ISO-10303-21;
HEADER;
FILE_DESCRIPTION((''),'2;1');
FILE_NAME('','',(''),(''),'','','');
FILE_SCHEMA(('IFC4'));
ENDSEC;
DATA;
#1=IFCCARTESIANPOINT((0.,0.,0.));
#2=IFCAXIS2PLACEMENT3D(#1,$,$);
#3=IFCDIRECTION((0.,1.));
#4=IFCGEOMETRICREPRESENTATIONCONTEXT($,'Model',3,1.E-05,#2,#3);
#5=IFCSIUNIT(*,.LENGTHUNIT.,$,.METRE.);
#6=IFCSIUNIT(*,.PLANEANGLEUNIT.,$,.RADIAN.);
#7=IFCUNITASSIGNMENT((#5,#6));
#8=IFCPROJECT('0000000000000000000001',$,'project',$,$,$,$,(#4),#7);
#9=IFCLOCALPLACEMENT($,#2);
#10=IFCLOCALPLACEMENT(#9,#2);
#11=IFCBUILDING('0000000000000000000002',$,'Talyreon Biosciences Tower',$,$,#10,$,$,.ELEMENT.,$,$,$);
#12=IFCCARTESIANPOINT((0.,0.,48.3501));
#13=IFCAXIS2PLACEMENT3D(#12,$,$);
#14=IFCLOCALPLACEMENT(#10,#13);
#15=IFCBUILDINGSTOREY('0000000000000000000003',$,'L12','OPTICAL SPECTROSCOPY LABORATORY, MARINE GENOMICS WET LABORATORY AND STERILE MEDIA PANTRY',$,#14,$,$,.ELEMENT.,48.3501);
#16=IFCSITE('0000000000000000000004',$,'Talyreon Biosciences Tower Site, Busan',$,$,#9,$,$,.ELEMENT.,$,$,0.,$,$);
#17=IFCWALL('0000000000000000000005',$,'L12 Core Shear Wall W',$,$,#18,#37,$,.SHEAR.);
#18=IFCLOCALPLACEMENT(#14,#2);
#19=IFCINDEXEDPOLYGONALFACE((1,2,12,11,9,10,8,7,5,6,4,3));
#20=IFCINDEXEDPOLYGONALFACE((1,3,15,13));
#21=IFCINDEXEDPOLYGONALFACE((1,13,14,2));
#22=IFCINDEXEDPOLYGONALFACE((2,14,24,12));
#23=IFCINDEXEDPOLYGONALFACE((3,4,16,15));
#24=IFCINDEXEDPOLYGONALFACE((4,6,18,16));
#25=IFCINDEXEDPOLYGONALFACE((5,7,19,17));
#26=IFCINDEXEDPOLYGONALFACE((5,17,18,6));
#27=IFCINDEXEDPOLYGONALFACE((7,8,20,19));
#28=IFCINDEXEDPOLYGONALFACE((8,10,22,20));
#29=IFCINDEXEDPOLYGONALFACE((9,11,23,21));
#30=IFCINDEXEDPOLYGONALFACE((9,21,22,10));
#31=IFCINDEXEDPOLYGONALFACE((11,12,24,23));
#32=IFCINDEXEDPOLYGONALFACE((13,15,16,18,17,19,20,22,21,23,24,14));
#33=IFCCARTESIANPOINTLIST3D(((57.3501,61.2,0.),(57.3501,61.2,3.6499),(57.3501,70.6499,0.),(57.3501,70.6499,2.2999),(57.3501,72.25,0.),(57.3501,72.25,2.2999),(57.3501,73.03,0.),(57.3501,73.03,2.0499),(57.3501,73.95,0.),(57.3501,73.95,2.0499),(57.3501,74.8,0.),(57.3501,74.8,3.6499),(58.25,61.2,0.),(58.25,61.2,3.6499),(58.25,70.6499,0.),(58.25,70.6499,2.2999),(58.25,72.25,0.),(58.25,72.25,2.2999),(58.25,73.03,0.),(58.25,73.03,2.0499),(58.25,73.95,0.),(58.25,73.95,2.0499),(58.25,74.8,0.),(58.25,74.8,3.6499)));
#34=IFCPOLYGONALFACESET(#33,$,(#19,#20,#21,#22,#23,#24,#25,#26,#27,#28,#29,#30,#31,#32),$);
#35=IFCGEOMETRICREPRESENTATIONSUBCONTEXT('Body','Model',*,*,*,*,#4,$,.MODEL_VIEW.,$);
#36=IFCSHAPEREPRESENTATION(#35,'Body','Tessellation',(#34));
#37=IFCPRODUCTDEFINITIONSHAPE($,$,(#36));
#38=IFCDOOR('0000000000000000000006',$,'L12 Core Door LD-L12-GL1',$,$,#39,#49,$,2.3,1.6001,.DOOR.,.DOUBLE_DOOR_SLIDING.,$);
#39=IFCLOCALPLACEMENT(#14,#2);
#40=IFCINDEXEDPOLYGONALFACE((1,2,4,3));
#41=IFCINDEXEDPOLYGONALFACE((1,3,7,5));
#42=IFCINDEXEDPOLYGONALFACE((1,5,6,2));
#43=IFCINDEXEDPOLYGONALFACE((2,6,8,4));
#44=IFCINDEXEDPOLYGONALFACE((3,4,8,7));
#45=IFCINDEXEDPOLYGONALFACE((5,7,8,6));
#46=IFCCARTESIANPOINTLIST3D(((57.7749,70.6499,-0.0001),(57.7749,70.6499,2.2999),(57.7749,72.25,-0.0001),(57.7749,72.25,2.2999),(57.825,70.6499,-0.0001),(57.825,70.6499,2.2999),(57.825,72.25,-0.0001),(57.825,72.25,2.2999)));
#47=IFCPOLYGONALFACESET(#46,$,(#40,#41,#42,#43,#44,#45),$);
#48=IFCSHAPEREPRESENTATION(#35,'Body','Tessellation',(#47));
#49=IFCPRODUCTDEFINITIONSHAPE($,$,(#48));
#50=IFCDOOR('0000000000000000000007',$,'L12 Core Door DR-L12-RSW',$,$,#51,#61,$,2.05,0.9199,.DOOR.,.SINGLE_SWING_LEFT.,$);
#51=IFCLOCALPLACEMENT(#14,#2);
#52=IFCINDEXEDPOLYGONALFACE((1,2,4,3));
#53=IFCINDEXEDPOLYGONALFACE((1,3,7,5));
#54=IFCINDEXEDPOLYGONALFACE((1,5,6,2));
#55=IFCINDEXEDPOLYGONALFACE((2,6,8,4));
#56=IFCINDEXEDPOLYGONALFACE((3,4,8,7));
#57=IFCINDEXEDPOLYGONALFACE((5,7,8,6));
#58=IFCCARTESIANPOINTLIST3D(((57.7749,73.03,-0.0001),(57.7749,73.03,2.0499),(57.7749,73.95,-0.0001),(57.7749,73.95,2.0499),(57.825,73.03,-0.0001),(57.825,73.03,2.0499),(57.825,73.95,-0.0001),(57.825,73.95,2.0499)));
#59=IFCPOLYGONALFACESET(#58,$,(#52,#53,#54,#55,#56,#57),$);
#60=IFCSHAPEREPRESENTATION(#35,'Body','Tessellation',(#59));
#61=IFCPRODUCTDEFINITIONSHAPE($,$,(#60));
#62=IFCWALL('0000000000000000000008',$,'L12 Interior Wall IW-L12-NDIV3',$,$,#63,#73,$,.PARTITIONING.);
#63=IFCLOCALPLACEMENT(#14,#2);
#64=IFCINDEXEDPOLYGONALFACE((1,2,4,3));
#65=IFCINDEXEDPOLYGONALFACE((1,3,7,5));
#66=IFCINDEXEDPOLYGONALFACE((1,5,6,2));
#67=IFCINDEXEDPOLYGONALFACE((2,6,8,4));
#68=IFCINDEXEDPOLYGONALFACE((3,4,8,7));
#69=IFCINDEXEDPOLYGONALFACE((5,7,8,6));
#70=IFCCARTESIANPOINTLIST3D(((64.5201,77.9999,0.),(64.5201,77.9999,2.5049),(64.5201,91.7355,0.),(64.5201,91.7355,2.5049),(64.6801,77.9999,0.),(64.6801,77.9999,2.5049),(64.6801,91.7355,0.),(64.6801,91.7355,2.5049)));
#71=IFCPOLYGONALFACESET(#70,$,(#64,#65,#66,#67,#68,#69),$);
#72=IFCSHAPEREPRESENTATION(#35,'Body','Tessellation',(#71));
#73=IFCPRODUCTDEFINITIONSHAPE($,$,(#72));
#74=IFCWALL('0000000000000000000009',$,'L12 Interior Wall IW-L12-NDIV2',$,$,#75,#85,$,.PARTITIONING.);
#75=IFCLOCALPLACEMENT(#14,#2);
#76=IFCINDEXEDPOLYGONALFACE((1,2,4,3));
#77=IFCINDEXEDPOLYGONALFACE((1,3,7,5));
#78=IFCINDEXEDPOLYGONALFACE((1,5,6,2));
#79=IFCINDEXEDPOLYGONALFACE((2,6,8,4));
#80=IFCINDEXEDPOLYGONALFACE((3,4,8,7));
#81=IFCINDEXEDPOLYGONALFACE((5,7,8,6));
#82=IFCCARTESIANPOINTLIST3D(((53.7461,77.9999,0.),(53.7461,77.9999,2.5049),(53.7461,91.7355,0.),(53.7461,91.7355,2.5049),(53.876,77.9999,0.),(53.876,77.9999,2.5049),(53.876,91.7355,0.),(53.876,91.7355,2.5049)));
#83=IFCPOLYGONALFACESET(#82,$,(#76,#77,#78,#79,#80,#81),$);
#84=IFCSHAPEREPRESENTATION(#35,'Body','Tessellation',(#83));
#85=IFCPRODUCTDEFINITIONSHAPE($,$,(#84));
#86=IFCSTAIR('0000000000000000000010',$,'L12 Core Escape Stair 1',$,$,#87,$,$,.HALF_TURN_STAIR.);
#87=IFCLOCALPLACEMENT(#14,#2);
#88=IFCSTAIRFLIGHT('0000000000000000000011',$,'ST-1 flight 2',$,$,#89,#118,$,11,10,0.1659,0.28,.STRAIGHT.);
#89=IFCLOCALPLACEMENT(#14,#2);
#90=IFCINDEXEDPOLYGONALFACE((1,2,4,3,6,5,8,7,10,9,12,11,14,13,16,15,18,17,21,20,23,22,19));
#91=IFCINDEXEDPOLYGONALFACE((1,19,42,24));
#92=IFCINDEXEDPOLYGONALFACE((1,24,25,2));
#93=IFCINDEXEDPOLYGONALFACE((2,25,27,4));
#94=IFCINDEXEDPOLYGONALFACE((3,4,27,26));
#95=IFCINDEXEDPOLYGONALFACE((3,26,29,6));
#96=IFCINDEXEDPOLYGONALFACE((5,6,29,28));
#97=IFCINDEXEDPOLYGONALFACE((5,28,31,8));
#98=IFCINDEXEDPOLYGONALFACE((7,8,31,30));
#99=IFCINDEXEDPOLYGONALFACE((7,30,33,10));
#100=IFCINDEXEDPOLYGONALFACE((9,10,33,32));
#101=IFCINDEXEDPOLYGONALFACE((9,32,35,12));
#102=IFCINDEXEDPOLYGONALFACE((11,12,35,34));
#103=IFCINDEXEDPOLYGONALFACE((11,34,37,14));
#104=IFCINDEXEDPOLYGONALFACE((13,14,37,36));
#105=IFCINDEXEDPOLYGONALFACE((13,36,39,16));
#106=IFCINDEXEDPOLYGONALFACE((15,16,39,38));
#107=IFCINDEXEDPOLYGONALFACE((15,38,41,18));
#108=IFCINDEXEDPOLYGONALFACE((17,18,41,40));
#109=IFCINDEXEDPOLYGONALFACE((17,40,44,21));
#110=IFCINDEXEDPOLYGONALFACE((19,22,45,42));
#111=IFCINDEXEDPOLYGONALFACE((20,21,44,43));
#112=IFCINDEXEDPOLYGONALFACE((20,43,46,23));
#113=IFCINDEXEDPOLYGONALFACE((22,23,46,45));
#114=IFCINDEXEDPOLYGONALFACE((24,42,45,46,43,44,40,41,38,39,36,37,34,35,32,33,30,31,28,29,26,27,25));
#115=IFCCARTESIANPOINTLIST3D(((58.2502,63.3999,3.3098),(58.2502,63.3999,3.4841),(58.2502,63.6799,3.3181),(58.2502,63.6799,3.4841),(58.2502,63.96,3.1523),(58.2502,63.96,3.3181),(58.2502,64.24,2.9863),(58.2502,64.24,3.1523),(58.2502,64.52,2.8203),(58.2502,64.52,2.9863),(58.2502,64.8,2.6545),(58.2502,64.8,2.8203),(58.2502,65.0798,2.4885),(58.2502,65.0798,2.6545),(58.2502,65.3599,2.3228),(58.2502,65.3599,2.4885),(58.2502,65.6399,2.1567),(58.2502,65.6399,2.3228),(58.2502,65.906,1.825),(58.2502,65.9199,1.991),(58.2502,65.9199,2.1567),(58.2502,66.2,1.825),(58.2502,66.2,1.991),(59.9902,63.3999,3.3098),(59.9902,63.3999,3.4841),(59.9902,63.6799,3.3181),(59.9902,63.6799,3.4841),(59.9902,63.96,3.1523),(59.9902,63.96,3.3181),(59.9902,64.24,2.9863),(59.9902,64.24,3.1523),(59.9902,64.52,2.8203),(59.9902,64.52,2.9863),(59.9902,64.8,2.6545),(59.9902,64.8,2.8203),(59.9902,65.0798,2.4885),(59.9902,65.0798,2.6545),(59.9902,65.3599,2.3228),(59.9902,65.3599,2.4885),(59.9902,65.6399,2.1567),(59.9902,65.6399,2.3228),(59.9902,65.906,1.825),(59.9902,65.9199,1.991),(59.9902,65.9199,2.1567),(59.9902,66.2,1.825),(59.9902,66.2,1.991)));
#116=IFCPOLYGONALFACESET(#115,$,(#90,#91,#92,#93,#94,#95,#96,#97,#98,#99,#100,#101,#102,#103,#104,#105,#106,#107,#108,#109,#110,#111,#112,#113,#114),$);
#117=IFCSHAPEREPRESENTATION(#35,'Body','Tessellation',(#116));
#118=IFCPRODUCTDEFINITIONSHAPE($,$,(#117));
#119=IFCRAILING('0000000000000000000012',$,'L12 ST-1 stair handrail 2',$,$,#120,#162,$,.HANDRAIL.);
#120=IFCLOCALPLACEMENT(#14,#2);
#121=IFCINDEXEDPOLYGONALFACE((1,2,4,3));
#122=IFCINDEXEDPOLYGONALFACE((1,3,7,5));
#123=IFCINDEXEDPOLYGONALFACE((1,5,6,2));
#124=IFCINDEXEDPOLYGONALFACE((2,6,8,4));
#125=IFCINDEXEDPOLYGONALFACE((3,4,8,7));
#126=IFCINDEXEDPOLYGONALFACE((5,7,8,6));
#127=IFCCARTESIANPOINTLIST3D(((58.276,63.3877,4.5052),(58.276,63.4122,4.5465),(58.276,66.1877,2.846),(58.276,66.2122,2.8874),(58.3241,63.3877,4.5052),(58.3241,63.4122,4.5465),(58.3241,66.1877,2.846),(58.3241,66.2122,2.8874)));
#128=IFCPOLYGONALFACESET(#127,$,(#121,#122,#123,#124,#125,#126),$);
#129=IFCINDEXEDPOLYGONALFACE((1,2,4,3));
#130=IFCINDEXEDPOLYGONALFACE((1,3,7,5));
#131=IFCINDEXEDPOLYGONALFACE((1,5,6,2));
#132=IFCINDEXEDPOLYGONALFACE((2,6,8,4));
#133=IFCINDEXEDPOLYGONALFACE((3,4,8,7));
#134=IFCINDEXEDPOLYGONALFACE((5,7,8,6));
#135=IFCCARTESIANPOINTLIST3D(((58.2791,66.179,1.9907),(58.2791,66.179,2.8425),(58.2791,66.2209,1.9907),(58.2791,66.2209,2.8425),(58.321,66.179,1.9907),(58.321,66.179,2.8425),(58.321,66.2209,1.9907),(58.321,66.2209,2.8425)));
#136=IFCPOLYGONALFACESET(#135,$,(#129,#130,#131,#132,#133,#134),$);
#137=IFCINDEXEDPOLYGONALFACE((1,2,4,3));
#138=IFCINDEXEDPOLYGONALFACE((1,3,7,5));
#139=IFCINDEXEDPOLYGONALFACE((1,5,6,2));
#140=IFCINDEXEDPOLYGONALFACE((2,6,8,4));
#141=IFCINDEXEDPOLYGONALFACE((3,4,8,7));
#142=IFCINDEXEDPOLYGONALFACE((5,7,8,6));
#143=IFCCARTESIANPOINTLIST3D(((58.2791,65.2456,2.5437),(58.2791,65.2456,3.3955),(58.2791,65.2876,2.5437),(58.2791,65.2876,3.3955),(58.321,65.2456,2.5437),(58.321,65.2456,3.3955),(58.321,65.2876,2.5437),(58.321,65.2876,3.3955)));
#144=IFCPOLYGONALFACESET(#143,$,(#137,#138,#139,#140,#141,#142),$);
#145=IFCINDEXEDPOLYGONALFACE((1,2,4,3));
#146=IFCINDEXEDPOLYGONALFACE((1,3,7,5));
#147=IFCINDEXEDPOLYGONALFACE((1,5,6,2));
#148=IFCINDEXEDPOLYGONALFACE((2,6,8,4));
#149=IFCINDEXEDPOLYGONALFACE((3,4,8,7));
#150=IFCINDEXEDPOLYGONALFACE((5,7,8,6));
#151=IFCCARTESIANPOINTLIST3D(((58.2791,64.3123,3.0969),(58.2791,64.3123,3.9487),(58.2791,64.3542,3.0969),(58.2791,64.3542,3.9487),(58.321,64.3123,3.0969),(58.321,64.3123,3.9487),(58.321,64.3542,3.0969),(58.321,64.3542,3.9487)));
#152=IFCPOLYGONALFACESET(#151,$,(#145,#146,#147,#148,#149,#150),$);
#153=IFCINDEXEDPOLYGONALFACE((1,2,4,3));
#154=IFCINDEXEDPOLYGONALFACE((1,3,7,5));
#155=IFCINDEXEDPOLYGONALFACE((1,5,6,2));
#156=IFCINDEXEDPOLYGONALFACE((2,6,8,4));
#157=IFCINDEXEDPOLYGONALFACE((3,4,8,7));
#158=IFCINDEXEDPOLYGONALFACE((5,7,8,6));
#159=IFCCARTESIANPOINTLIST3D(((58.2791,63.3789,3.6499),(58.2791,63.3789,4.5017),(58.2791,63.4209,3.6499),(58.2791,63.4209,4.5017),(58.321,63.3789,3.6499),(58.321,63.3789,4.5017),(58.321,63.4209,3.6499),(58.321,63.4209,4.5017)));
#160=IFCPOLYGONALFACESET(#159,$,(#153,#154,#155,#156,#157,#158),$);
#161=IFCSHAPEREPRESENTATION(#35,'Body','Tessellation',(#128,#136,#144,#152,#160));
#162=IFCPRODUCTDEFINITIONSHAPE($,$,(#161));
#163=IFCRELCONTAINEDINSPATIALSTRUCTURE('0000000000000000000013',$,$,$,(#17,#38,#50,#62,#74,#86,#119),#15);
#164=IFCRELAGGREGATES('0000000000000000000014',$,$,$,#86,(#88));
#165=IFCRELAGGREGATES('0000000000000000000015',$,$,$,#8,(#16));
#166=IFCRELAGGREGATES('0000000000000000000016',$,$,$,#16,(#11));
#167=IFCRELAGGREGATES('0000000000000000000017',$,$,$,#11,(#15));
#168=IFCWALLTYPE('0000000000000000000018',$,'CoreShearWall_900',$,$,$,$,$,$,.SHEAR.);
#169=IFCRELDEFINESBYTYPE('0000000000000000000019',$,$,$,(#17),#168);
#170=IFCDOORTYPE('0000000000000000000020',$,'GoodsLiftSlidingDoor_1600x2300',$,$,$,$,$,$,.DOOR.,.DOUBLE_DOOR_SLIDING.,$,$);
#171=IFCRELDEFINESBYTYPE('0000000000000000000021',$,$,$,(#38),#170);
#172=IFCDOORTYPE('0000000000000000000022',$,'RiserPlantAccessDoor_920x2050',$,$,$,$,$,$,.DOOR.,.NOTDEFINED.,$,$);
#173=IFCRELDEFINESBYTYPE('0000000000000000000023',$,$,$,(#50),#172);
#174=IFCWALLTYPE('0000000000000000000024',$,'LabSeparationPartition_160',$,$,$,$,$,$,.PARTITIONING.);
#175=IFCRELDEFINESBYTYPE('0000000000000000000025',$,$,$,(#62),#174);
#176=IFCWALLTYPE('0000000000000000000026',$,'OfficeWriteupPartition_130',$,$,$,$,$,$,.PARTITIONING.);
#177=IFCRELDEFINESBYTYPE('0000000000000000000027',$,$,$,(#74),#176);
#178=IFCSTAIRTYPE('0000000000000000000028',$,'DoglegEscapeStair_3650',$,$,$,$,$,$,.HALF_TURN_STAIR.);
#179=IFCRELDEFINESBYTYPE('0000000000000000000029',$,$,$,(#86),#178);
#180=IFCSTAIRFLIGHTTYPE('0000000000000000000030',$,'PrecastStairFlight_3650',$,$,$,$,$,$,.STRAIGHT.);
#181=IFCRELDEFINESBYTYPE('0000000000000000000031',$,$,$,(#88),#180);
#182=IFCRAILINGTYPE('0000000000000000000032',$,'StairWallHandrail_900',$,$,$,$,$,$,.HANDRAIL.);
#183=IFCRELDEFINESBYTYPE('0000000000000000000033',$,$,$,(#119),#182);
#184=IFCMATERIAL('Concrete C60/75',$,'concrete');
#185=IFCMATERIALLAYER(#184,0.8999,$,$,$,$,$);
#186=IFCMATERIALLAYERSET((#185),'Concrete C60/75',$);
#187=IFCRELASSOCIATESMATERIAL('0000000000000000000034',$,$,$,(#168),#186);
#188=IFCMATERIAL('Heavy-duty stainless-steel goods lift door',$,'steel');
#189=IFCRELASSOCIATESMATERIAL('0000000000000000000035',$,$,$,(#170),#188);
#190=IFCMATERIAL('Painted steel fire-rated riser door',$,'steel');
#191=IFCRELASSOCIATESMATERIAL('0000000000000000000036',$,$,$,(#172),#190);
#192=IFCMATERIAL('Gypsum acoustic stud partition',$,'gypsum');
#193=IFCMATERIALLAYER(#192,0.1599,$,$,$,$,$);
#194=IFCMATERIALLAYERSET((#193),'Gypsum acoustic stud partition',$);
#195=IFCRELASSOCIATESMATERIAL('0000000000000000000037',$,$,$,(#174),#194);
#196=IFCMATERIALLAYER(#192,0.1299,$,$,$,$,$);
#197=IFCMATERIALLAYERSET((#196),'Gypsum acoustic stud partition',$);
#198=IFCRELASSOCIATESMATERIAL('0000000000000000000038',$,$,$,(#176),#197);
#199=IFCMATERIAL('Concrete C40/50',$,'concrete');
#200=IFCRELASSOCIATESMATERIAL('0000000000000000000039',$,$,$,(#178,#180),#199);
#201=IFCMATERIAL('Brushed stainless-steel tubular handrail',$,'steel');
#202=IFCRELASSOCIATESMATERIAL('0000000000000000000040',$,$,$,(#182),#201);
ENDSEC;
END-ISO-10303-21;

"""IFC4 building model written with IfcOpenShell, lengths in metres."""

from ifc_helpers import new_model, si_unit, direction, frame, frame_2d, origin, origin_2d, place, context, subcontext, project, spatial, polyline, rectangle, outline, extrude, material, layer, layer_set, type_object, element, fill, aggregate, save


model = new_model("IFC4")

# Units and contexts
model_context = context("Model", 3, precision=1e-05, world=origin(), true_north=direction((0.0, 1.0)))
body_context = subcontext(model_context, "Body", "Model", "MODEL_VIEW")
ifc_project = project(units=[si_unit("LENGTHUNIT", "METRE"), si_unit("PLANEANGLEUNIT", "RADIAN")], contexts=[model_context])

# Site, building, storey
site_placement = place(None, origin())
site = spatial("IfcSite", under=ifc_project, at=site_placement, Name="Talyreon Biosciences Tower Site, Busan", CompositionType="ELEMENT", RefElevation=0.0)
building_placement = place(site_placement, origin())
building = spatial("IfcBuilding", under=site, at=building_placement, Name="Talyreon Biosciences Tower", CompositionType="ELEMENT")
storey_placement = place(building_placement, frame((0.0, 0.0, 48.3501)))
storey = spatial("IfcBuildingStorey", under=building, at=storey_placement, Name="L12", Description="OPTICAL SPECTROSCOPY LABORATORY, MARINE GENOMICS WET LABORATORY AND STERILE MEDIA PANTRY", CompositionType="ELEMENT", Elevation=48.3501)

# Shared definitions
ifc_material_1 = material(Name="Concrete C60/75", Category="concrete")

# Shared definitions
ifc_layer_1 = layer(ifc_material_1, 0.8999)
ifc_layer_set_1 = layer_set([ifc_layer_1], Name="Concrete C60/75")
wall_type_1 = type_object("IfcWallType", Name="CoreShearWall_900", PredefinedType="SHEAR", material=ifc_layer_set_1)

# Wall, openings, doors
wall_1_placement = place(storey_placement, frame((57.8, 74.8, 0.0), z_axis=(0.0, 0.0, 1.0), x_axis=(0.0, -1.0, 0.0)))
wall_1 = element("IfcWall", 1, at=wall_1_placement, inside=storey, type_object=wall_type_1, Name="L12 Core Shear Wall W", PredefinedType="SHEAR", context=body_context, shape_type="SweptSolid", body=[
    extrude(rectangle(XDim=13.6001, YDim=0.8999, at=frame_2d((6.8, 0.0))), origin(), (0.0, 0.0, 1.0), 3.6499),
])
opening_1_placement = place(wall_1_placement, frame((0.8501, 0.0, 0.0)))
opening_1 = element("IfcOpeningElement", 2, at=opening_1_placement, cuts=wall_1, PredefinedType="OPENING", context=body_context, shape_type="SweptSolid", body=[
    extrude(rectangle(XDim=0.9199, YDim=2.05, at=frame_2d((0.46, 1.0249))), frame((0.0, 0.46, 0.0), z_axis=(0.0, -1.0, 0.0), x_axis=(1.0, 0.0, 0.0)), (0.0, 0.0, 1.0), 0.9199),
])
opening_2_placement = place(wall_1_placement, frame((2.55, 0.0, 0.0)))
opening_2 = element("IfcOpeningElement", 3, at=opening_2_placement, cuts=wall_1, PredefinedType="OPENING", context=body_context, shape_type="SweptSolid", body=[
    extrude(rectangle(XDim=1.6001, YDim=2.3, at=frame_2d((0.8, 1.1499))), frame((0.0, 0.46, 0.0), z_axis=(0.0, -1.0, 0.0), x_axis=(1.0, 0.0, 0.0)), (0.0, 0.0, 1.0), 0.9199),
])
ifc_material_2 = material(Name="Heavy-duty stainless-steel goods lift door", Category="steel")
door_type_1 = type_object("IfcDoorType", Name="GoodsLiftSlidingDoor_1600x2300", OperationType="DOUBLE_DOOR_SLIDING", PredefinedType="DOOR", material=ifc_material_2)
door_1_placement = place(opening_2_placement, origin())
door_1 = element("IfcDoor", 4, at=door_1_placement, inside=storey, type_object=door_type_1, Name="L12 Core Door LD-L12-GL1", OperationType="DOUBLE_DOOR_SLIDING", OverallHeight=2.3, OverallWidth=1.6001, PredefinedType="DOOR", context=body_context, shape_type="SweptSolid", body=[
    extrude(rectangle(XDim=1.6001, YDim=2.3, at=frame_2d((0.8, 1.1499))), frame((0.0, 0.0249, 0.0), z_axis=(0.0, -1.0, 0.0), x_axis=(1.0, 0.0, 0.0)), (0.0, 0.0, 1.0), 0.05),
])
fill(opening_2, door_1)
ifc_material_3 = material(Name="Painted steel fire-rated riser door", Category="steel")
door_type_2 = type_object("IfcDoorType", Name="RiserPlantAccessDoor_920x2050", OperationType="NOTDEFINED", PredefinedType="DOOR", material=ifc_material_3)
door_2_placement = place(opening_1_placement, origin())
door_2 = element("IfcDoor", 5, at=door_2_placement, inside=storey, type_object=door_type_2, Name="L12 Core Door DR-L12-RSW", OperationType="SINGLE_SWING_LEFT", OverallHeight=2.05, OverallWidth=0.9199, PredefinedType="DOOR", context=body_context, shape_type="SweptSolid", body=[
    extrude(rectangle(XDim=0.9199, YDim=2.05, at=frame_2d((0.46, 1.0249))), frame((0.0, 0.0249, 0.0), z_axis=(0.0, -1.0, 0.0), x_axis=(1.0, 0.0, 0.0)), (0.0, 0.0, 1.0), 0.05),
])
fill(opening_1, door_2)

# Walls
ifc_material_4 = material(Name="Gypsum acoustic stud partition", Category="gypsum")
ifc_layer_2 = layer(ifc_material_4, 0.1599)
ifc_layer_set_2 = layer_set([ifc_layer_2], Name="Gypsum acoustic stud partition")
wall_type_2 = type_object("IfcWallType", Name="LabSeparationPartition_160", PredefinedType="PARTITIONING", material=ifc_layer_set_2)
wall_2_placement = place(storey_placement, frame((64.6001, 78.0, 0.0), z_axis=(0.0, 0.0, 1.0), x_axis=(0.0, 1.0, 0.0)))
element("IfcWall", 6, at=wall_2_placement, inside=storey, type_object=wall_type_2, Name="L12 Interior Wall IW-L12-NDIV3", PredefinedType="PARTITIONING", context=body_context, shape_type="SweptSolid", body=[
    extrude(rectangle(XDim=13.7356, YDim=0.1599, at=frame_2d((6.8677, 0.0))), origin(), (0.0, 0.0, 1.0), 2.5049),
])
ifc_layer_3 = layer(ifc_material_4, 0.1299)
ifc_layer_set_3 = layer_set([ifc_layer_3], Name="Gypsum acoustic stud partition")
wall_type_3 = type_object("IfcWallType", Name="OfficeWriteupPartition_130", PredefinedType="PARTITIONING", material=ifc_layer_set_3)
wall_3_placement = place(storey_placement, frame((53.811, 78.0, 0.0), z_axis=(0.0, 0.0, 1.0), x_axis=(0.0, 1.0, 0.0)))
element("IfcWall", 7, at=wall_3_placement, inside=storey, type_object=wall_type_3, Name="L12 Interior Wall IW-L12-NDIV2", PredefinedType="PARTITIONING", context=body_context, shape_type="SweptSolid", body=[
    extrude(rectangle(XDim=13.7356, YDim=0.1299, at=frame_2d((6.8677, 0.0))), origin(), (0.0, 0.0, 1.0), 2.5049),
])

# Stair, stair flight
ifc_material_5 = material(Name="Concrete C40/50", Category="concrete")
stair_type = type_object("IfcStairType", Name="DoglegEscapeStair_3650", PredefinedType="HALF_TURN_STAIR", material=ifc_material_5)
stair_placement = place(storey_placement, origin())
stair = element("IfcStair", 8, at=stair_placement, inside=storey, type_object=stair_type, Name="L12 Core Escape Stair 1", PredefinedType="HALF_TURN_STAIR")
stair_flight_type = type_object("IfcStairFlightType", Name="PrecastStairFlight_3650", PredefinedType="STRAIGHT", material=ifc_material_5)
stair_flight_placement = place(storey_placement, frame((59.1201, 66.2, 1.825), z_axis=(0.0, 0.0, 1.0), x_axis=(0.0, -1.0, 0.0)))
stair_flight = element("IfcStairFlight", 9, at=stair_flight_placement, type_object=stair_flight_type, Name="ST-1 flight 2", NumberOfRisers=11, NumberOfTreads=10, PredefinedType="STRAIGHT", RiserHeight=0.1659, TreadLength=0.28, context=body_context, shape_type="SweptSolid", body=[
    extrude(outline(polyline([(0.0, 0.0), (0.0, 0.166), (0.28, 0.166), (0.28, 0.3318), (0.5601, 0.3318), (0.5601, 0.4978), (0.8401, 0.4978), (0.8401, 0.6636), (1.1201, 0.6636), (1.1201, 0.8296), (1.3999, 0.8296), (1.3999, 0.9954), (1.6799, 0.9954), (1.6799, 1.1614), (1.96, 1.1614), (1.96, 1.3274), (2.24, 1.3274), (2.24, 1.4932), (2.52, 1.4932), (2.52, 1.6592), (2.8, 1.6592), (2.8, 1.825), (2.8, 1.4849), (0.2939, 0.0), (0.0, 0.0)])), frame((0.0, 0.8701, 0.0), z_axis=(0.0, -1.0, 0.0), x_axis=(1.0, 0.0, 0.0)), (0.0, 0.0, 1.0), 1.74),
])
aggregate(stair, [stair_flight])

# Railing
ifc_material_6 = material(Name="Brushed stainless-steel tubular handrail", Category="steel")
railing_type_1 = type_object("IfcRailingType", Name="StairWallHandrail_900", PredefinedType="HANDRAIL", material=ifc_material_6)
railing_1_placement = place(storey_placement, frame((58.3, 66.2, 1.9907)))
element("IfcRailing", 10, at=railing_1_placement, inside=storey, type_object=railing_type_1, Name="L12 ST-1 stair handrail 2", PredefinedType="HANDRAIL", context=body_context, shape_type="SweptSolid", body=[
    extrude(rectangle(XDim=0.0481, YDim=0.0481, at=origin_2d()), frame((0.0, 0.0, 0.876), z_axis=(0.0, -0.860306, 0.509778), x_axis=(1.0, 0.0, 0.0)), (0.0, 0.0, 1.0), 3.2546),
    extrude(rectangle(XDim=0.042, YDim=0.042, at=origin_2d()), origin(), (0.0, 0.0, 1.0), 0.8518),
    extrude(rectangle(XDim=0.042, YDim=0.042, at=origin_2d()), frame((0.0, -0.9333, 0.553)), (0.0, 0.0, 1.0), 0.8518),
    extrude(rectangle(XDim=0.042, YDim=0.042, at=origin_2d()), frame((0.0, -1.8667, 1.1062)), (0.0, 0.0, 1.0), 0.8518),
    extrude(rectangle(XDim=0.042, YDim=0.042, at=origin_2d()), frame((0.0, -2.8, 1.6592)), (0.0, 0.0, 1.0), 0.8518),
])

save(model, "model.ifc")
